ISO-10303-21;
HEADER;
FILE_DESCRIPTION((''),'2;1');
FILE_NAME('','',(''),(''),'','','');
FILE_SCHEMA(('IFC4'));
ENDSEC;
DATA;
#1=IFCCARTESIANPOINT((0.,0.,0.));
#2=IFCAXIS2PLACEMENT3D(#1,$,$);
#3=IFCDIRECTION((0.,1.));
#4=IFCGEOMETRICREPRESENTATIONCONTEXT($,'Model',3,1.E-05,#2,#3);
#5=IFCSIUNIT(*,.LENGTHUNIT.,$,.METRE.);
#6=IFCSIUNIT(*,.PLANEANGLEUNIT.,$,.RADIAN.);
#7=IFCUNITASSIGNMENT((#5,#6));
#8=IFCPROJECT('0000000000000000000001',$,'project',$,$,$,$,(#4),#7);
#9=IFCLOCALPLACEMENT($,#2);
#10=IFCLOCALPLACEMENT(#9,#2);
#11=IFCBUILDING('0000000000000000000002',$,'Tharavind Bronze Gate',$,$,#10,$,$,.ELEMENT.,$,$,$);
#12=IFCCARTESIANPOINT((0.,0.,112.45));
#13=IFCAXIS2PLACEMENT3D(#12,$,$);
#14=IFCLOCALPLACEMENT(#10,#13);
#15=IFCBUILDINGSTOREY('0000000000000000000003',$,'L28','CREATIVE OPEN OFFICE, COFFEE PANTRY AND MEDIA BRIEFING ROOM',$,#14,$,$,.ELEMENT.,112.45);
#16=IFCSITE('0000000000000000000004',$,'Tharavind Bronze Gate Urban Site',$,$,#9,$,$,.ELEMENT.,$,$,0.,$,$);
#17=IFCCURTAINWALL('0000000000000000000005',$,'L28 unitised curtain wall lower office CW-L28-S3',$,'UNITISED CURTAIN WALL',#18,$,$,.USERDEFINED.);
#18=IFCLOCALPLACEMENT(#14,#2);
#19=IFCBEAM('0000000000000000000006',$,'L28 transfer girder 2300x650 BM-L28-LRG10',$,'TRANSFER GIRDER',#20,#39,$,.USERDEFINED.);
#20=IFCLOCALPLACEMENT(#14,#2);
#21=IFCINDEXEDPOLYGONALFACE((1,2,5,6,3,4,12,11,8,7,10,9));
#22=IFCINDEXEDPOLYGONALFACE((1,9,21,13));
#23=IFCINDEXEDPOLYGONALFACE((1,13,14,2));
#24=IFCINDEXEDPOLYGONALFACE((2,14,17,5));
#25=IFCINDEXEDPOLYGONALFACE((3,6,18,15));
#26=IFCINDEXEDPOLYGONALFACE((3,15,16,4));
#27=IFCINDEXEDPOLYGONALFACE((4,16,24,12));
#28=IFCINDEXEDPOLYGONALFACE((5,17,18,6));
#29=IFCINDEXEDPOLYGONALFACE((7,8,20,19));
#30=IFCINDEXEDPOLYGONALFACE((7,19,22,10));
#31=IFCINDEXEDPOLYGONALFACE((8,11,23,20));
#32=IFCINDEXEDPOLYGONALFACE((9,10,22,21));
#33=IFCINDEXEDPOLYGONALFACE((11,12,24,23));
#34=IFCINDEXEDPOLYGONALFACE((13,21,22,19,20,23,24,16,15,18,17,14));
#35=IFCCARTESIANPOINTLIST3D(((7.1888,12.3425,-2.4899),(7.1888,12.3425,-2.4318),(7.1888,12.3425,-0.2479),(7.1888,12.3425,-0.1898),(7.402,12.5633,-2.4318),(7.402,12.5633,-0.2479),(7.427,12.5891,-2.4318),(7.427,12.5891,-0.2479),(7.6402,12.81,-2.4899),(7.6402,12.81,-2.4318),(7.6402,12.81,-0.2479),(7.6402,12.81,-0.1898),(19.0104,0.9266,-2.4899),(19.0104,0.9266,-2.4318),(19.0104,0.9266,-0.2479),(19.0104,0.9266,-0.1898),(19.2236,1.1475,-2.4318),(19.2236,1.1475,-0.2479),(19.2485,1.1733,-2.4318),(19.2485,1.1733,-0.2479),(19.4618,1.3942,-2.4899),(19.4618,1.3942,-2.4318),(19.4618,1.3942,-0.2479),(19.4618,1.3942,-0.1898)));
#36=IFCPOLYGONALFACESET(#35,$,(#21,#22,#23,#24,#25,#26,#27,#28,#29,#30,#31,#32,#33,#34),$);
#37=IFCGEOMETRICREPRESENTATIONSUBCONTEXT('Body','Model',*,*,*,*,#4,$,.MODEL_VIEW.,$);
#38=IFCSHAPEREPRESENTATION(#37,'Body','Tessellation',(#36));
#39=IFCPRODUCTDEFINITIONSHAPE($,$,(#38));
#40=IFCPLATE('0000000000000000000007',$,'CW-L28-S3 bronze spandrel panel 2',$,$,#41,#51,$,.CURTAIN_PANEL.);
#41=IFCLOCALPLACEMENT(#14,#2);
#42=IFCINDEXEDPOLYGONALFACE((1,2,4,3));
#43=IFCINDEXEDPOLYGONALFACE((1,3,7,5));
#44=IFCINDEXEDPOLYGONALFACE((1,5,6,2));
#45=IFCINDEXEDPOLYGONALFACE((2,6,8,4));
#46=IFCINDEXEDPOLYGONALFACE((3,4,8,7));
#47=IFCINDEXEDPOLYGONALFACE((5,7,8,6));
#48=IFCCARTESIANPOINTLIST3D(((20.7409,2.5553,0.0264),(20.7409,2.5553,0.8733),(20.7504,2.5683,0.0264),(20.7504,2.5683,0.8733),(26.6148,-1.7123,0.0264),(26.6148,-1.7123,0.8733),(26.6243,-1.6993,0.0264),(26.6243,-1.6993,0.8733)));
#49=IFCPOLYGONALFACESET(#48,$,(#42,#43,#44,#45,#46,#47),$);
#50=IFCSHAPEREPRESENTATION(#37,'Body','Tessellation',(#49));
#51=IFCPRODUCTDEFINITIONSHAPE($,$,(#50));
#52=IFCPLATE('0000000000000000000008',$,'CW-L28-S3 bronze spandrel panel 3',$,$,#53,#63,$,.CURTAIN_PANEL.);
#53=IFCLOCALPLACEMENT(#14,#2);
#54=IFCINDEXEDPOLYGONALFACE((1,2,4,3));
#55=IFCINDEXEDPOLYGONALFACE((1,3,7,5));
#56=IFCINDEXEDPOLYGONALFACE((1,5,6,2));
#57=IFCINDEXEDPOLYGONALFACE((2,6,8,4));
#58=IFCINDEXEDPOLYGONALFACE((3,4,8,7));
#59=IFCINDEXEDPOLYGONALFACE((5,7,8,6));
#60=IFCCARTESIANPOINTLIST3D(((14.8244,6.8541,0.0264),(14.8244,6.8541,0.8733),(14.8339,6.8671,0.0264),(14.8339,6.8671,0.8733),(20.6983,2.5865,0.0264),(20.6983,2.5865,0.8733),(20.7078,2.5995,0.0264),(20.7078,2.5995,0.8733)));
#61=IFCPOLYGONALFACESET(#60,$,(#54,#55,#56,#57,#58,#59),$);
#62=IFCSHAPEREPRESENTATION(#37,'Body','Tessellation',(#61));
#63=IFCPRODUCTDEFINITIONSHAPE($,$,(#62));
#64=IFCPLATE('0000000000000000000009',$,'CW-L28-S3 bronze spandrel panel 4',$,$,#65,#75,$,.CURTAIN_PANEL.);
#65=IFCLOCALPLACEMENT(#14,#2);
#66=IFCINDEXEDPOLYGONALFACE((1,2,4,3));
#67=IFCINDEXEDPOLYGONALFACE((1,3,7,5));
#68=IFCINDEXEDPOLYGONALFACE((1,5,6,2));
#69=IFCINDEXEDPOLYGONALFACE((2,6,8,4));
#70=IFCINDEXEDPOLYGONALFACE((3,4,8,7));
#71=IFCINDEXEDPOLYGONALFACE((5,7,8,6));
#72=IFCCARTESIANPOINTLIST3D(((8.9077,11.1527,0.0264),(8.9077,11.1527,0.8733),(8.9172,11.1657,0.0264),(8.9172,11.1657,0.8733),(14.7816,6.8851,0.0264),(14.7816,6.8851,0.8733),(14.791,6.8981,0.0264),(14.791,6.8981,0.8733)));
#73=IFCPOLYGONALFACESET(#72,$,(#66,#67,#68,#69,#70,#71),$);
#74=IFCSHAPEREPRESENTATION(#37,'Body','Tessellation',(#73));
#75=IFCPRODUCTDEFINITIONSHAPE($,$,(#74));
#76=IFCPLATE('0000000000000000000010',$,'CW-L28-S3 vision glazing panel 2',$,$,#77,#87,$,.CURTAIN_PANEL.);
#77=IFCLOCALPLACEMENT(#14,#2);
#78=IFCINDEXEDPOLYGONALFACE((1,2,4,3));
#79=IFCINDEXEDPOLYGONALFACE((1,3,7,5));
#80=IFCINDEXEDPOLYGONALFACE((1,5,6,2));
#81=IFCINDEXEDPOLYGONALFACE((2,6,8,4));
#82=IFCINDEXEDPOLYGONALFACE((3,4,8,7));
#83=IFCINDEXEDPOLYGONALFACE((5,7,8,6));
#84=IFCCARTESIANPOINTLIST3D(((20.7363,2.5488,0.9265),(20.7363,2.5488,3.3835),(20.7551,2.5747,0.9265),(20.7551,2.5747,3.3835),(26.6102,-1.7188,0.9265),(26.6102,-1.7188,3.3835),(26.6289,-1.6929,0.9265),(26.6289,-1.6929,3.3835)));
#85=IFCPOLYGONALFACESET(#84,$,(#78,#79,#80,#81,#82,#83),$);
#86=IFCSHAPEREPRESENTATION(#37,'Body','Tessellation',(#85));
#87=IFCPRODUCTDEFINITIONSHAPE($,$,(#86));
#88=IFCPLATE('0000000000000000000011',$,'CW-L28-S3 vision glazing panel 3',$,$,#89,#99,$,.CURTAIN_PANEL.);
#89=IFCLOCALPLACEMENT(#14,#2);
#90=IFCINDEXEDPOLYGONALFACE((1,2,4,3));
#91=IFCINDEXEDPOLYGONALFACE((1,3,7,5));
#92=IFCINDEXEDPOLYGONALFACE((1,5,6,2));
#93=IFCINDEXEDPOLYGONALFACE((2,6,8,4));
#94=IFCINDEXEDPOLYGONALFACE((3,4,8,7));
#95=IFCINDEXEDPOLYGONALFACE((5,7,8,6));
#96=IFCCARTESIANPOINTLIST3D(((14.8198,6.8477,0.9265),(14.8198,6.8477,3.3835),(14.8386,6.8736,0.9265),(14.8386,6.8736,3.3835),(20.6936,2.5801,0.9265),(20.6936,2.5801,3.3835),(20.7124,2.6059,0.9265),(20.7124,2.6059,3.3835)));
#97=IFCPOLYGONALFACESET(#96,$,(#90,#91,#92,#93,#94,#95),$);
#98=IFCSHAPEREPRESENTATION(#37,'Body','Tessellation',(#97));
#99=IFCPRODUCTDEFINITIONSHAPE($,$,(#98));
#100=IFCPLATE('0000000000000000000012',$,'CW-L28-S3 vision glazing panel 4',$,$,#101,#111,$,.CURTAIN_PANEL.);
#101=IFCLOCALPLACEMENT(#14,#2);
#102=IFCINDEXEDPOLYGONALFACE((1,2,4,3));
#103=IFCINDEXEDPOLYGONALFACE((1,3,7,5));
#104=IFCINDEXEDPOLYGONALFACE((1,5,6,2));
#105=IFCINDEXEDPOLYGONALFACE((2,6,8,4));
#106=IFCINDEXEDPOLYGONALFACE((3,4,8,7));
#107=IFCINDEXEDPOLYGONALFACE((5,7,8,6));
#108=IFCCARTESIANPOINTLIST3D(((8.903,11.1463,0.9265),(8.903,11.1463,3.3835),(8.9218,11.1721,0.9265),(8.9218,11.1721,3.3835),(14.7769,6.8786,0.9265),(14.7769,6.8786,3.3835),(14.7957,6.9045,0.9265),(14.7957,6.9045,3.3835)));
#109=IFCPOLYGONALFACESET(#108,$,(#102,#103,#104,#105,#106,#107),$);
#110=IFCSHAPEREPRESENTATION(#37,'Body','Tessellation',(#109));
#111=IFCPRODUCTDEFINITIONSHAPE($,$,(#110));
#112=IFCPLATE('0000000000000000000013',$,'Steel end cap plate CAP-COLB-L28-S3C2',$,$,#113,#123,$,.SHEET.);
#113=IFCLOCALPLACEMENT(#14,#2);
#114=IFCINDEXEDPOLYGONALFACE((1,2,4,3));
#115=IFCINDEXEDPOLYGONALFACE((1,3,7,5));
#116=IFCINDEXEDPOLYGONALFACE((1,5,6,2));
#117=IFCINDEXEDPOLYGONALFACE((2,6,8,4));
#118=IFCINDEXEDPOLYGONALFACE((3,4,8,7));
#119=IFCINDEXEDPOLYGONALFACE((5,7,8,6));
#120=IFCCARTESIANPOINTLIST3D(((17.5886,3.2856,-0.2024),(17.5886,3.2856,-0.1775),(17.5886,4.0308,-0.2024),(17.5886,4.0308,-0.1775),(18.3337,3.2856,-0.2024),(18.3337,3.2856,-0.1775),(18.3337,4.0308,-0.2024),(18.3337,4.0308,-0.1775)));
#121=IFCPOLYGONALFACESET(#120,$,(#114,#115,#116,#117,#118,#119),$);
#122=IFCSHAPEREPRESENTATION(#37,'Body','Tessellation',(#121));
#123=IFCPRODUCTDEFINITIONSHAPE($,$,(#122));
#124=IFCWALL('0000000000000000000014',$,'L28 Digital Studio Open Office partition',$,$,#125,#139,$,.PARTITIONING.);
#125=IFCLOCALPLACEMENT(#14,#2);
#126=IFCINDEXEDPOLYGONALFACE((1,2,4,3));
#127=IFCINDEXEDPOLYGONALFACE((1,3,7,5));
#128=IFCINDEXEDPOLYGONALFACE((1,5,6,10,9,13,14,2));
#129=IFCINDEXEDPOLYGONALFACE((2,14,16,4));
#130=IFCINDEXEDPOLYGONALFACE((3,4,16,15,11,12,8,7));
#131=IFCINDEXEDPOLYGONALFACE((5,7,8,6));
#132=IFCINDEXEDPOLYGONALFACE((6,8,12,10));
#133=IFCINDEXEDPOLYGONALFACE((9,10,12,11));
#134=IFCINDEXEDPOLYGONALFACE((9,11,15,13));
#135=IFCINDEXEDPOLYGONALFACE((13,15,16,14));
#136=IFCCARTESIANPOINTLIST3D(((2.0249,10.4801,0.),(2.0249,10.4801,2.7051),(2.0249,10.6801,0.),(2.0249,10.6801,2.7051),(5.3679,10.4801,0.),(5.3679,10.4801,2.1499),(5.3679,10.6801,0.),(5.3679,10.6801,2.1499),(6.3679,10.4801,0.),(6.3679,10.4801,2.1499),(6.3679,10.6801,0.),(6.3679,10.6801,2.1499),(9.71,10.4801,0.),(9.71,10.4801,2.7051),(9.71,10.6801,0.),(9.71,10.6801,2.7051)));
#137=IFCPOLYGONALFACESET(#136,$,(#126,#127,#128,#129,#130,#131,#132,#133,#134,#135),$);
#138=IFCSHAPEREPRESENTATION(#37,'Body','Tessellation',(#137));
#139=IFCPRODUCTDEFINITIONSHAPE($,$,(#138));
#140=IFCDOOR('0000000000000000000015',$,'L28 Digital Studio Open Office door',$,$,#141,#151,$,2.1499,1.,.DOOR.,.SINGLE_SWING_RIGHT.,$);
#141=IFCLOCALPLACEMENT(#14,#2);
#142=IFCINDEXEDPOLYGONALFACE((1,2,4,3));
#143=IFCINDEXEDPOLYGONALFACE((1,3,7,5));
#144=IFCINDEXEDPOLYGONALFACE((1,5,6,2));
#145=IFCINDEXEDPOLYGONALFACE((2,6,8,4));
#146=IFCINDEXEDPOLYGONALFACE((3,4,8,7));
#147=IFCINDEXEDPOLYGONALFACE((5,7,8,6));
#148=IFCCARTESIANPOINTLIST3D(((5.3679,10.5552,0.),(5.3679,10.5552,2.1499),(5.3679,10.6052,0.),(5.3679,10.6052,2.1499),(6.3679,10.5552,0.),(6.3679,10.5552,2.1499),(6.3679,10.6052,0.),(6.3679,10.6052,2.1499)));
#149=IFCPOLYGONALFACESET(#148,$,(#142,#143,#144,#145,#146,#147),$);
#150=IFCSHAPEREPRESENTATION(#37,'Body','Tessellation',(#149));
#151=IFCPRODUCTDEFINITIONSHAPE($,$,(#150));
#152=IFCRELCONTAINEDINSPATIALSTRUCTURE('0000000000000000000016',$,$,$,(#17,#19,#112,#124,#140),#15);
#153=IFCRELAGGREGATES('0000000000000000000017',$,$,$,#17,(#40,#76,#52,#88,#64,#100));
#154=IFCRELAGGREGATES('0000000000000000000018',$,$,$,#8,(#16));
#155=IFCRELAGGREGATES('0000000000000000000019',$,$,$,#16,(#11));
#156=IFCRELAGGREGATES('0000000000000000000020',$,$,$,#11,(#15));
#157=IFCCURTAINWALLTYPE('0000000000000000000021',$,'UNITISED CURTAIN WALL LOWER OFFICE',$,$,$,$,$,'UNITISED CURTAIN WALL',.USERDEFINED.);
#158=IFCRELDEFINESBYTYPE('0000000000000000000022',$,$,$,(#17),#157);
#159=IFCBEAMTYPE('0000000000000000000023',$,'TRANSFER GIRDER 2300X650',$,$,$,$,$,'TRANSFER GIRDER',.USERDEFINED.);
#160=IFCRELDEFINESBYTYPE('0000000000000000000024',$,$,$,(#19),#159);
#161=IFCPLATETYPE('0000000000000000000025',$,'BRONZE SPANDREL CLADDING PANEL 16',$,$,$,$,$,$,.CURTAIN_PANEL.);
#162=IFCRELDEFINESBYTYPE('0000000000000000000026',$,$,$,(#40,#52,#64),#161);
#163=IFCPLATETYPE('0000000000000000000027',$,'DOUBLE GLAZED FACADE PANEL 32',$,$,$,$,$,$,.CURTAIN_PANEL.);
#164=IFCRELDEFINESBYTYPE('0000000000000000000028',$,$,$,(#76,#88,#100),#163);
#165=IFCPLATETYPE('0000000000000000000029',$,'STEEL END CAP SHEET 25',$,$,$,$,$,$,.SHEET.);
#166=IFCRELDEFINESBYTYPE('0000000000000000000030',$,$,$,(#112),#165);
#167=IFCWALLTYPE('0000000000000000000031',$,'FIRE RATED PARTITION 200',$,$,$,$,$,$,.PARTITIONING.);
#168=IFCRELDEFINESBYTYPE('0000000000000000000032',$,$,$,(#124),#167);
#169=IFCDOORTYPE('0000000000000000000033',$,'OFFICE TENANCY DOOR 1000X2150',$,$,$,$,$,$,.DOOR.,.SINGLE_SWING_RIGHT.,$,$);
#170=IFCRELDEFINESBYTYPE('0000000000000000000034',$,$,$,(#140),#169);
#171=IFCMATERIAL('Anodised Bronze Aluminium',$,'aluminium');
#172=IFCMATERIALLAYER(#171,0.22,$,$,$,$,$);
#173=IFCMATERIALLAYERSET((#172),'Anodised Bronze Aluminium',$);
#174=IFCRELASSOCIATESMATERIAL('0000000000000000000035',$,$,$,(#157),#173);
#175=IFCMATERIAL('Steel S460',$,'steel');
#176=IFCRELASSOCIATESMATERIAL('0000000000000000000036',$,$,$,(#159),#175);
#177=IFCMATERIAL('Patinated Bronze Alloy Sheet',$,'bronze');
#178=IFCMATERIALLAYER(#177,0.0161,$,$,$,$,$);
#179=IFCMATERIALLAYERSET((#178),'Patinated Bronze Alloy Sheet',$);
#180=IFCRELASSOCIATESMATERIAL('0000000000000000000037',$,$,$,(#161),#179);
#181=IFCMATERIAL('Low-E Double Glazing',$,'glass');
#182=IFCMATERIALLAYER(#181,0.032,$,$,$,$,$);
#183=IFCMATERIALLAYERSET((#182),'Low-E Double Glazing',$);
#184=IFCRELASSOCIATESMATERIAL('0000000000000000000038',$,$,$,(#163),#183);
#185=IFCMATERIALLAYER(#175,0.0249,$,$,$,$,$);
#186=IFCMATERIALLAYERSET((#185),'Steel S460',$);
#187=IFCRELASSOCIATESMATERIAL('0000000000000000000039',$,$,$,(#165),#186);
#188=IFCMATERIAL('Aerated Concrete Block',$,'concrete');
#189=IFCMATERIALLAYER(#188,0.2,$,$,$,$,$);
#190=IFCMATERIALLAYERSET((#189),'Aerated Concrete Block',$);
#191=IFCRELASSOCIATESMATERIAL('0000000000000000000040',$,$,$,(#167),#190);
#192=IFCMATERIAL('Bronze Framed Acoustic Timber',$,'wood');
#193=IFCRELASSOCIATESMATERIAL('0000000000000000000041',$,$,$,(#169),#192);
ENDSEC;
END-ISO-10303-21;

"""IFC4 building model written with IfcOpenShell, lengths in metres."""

from ifc_helpers import new_model, si_unit, direction, frame, frame_2d, origin, origin_2d, place, context, subcontext, project, spatial, rectangle, i_section, extrude, material, layer, layer_set, material_profile, profile_set, type_object, element, fill, aggregate, save


model = new_model("IFC4")

# Units and contexts
model_context = context("Model", 3, precision=1e-05, world=origin(), true_north=direction((0.0, 1.0)))
body_context = subcontext(model_context, "Body", "Model", "MODEL_VIEW")
ifc_project = project(units=[si_unit("LENGTHUNIT", "METRE"), si_unit("PLANEANGLEUNIT", "RADIAN")], contexts=[model_context])

# Site, building, storey
site_placement = place(None, origin())
site = spatial("IfcSite", under=ifc_project, at=site_placement, Name="Tharavind Bronze Gate Urban Site", CompositionType="ELEMENT", RefElevation=0.0)
building_placement = place(site_placement, origin())
building = spatial("IfcBuilding", under=site, at=building_placement, Name="Tharavind Bronze Gate", CompositionType="ELEMENT")
storey_placement = place(building_placement, frame((0.0, 0.0, 112.45)))
storey = spatial("IfcBuildingStorey", under=building, at=storey_placement, Name="L28", Description="CREATIVE OPEN OFFICE, COFFEE PANTRY AND MEDIA BRIEFING ROOM", CompositionType="ELEMENT", Elevation=112.45)

# Shared definitions
ifc_material_1 = material(Name="Steel S460", Category="steel")

# Curtain wall
ifc_material_2 = material(Name="Anodised Bronze Aluminium", Category="aluminium")
ifc_layer_1 = layer(ifc_material_2, 0.22)
ifc_layer_set_1 = layer_set([ifc_layer_1], Name="Anodised Bronze Aluminium")
curtain_wall_type = type_object("IfcCurtainWallType", Name="UNITISED CURTAIN WALL LOWER OFFICE", ElementType="UNITISED CURTAIN WALL", PredefinedType="USERDEFINED", material=ifc_layer_set_1)
curtain_wall_placement = place(storey_placement, origin())
curtain_wall = element("IfcCurtainWall", 1, at=curtain_wall_placement, inside=storey, type_object=curtain_wall_type, Name="L28 unitised curtain wall lower office CW-L28-S3", ObjectType="UNITISED CURTAIN WALL", PredefinedType="USERDEFINED")

# Beam
ifc_material_profile_1 = material_profile(ifc_material_1, i_section(OverallWidth=0.6499, OverallDepth=2.3, WebThickness=0.0359, FlangeThickness=0.0581, at=origin_2d()), Name="PG2300X650")
ifc_profile_set_1 = profile_set([ifc_material_profile_1], Name="Steel S460")
beam_type = type_object("IfcBeamType", Name="TRANSFER GIRDER 2300X650", ElementType="TRANSFER GIRDER", PredefinedType="USERDEFINED", material=ifc_profile_set_1)
beam_placement = place(storey_placement, frame((19.2361, 1.1604, -1.3398), z_axis=(-0.719344, 0.694654, 0.0), x_axis=(-0.694654, -0.719344, 0.0)))
element("IfcBeam", 2, at=beam_placement, inside=storey, type_object=beam_type, Name="L28 transfer girder 2300x650 BM-L28-LRG10", ObjectType="TRANSFER GIRDER", PredefinedType="USERDEFINED", context=body_context, shape_type="SweptSolid", body=[
    extrude(i_section(OverallWidth=0.6499, OverallDepth=2.3, WebThickness=0.0359, FlangeThickness=0.0581, at=origin_2d()), origin(), (0.0, 0.0, 1.0), 16.4338),
])

# Plates
ifc_material_3 = material(Name="Patinated Bronze Alloy Sheet", Category="bronze")
ifc_layer_2 = layer(ifc_material_3, 0.0161)
ifc_layer_set_2 = layer_set([ifc_layer_2], Name="Patinated Bronze Alloy Sheet")
plate_type_1 = type_object("IfcPlateType", Name="BRONZE SPANDREL CLADDING PANEL 16", PredefinedType="CURTAIN_PANEL", material=ifc_layer_set_2)
plate_1_placement = place(storey_placement, frame((23.6826, 0.428, 0.0264), z_axis=(0.0, 0.0, 1.0), x_axis=(-0.809017, 0.587785, 0.0)))
plate_1 = element("IfcPlate", 3, at=plate_1_placement, type_object=plate_type_1, Name="CW-L28-S3 bronze spandrel panel 2", PredefinedType="CURTAIN_PANEL", context=body_context, shape_type="SweptSolid", body=[
    extrude(rectangle(XDim=7.2605, YDim=0.0161, at=origin_2d()), origin(), (0.0, 0.0, 1.0), 0.8469),
])
plate_2_placement = place(storey_placement, frame((17.7661, 4.7268, 0.0264), z_axis=(0.0, 0.0, 1.0), x_axis=(-0.809017, 0.587785, 0.0)))
plate_2 = element("IfcPlate", 4, at=plate_2_placement, type_object=plate_type_1, Name="CW-L28-S3 bronze spandrel panel 3", PredefinedType="CURTAIN_PANEL", context=body_context, shape_type="SweptSolid", body=[
    extrude(rectangle(XDim=7.2605, YDim=0.0161, at=origin_2d()), origin(), (0.0, 0.0, 1.0), 0.8469),
])
plate_3_placement = place(storey_placement, frame((11.8494, 9.0254, 0.0264), z_axis=(0.0, 0.0, 1.0), x_axis=(-0.809017, 0.587785, 0.0)))
plate_3 = element("IfcPlate", 5, at=plate_3_placement, type_object=plate_type_1, Name="CW-L28-S3 bronze spandrel panel 4", PredefinedType="CURTAIN_PANEL", context=body_context, shape_type="SweptSolid", body=[
    extrude(rectangle(XDim=7.2605, YDim=0.0161, at=origin_2d()), origin(), (0.0, 0.0, 1.0), 0.8469),
])
ifc_material_4 = material(Name="Low-E Double Glazing", Category="glass")
ifc_layer_3 = layer(ifc_material_4, 0.032)
ifc_layer_set_3 = layer_set([ifc_layer_3], Name="Low-E Double Glazing")
plate_type_2 = type_object("IfcPlateType", Name="DOUBLE GLAZED FACADE PANEL 32", PredefinedType="CURTAIN_PANEL", material=ifc_layer_set_3)
plate_4_placement = place(storey_placement, frame((23.6826, 0.428, 0.9265), z_axis=(0.0, 0.0, 1.0), x_axis=(-0.809017, 0.587785, 0.0)))
plate_4 = element("IfcPlate", 6, at=plate_4_placement, type_object=plate_type_2, Name="CW-L28-S3 vision glazing panel 2", PredefinedType="CURTAIN_PANEL", context=body_context, shape_type="SweptSolid", body=[
    extrude(rectangle(XDim=7.2605, YDim=0.032, at=origin_2d()), origin(), (0.0, 0.0, 1.0), 2.457),
])
plate_5_placement = place(storey_placement, frame((17.7661, 4.7268, 0.9265), z_axis=(0.0, 0.0, 1.0), x_axis=(-0.809017, 0.587785, 0.0)))
plate_5 = element("IfcPlate", 7, at=plate_5_placement, type_object=plate_type_2, Name="CW-L28-S3 vision glazing panel 3", PredefinedType="CURTAIN_PANEL", context=body_context, shape_type="SweptSolid", body=[
    extrude(rectangle(XDim=7.2605, YDim=0.032, at=origin_2d()), origin(), (0.0, 0.0, 1.0), 2.457),
])
plate_6_placement = place(storey_placement, frame((11.8494, 9.0254, 0.9265), z_axis=(0.0, 0.0, 1.0), x_axis=(-0.809017, 0.587785, 0.0)))
plate_6 = element("IfcPlate", 8, at=plate_6_placement, type_object=plate_type_2, Name="CW-L28-S3 vision glazing panel 4", PredefinedType="CURTAIN_PANEL", context=body_context, shape_type="SweptSolid", body=[
    extrude(rectangle(XDim=7.2605, YDim=0.032, at=origin_2d()), origin(), (0.0, 0.0, 1.0), 2.457),
])
aggregate(curtain_wall, [plate_1, plate_4, plate_2, plate_5, plate_3, plate_6])
ifc_layer_4 = layer(ifc_material_1, 0.0249)
ifc_layer_set_4 = layer_set([ifc_layer_4], Name="Steel S460")
plate_type_3 = type_object("IfcPlateType", Name="STEEL END CAP SHEET 25", PredefinedType="SHEET", material=ifc_layer_set_4)
plate_7_placement = place(storey_placement, frame((17.9612, 3.6582, -0.2024), z_axis=(0.0, 0.0, 1.0), x_axis=(1.0, 0.0, 0.0)))
element("IfcPlate", 9, at=plate_7_placement, inside=storey, type_object=plate_type_3, Name="Steel end cap plate CAP-COLB-L28-S3C2", PredefinedType="SHEET", context=body_context, shape_type="SweptSolid", body=[
    extrude(rectangle(XDim=0.7451, YDim=0.7451, at=origin_2d()), origin(), (0.0, 0.0, 1.0), 0.0249),
])

# Wall, opening, door
ifc_material_5 = material(Name="Aerated Concrete Block", Category="concrete")
ifc_layer_5 = layer(ifc_material_5, 0.2)
ifc_layer_set_5 = layer_set([ifc_layer_5], Name="Aerated Concrete Block")
wall_type = type_object("IfcWallType", Name="FIRE RATED PARTITION 200", PredefinedType="PARTITIONING", material=ifc_layer_set_5)
wall_placement = place(storey_placement, frame((9.71, 10.5801, 0.0), z_axis=(0.0, 0.0, 1.0), x_axis=(-1.0, 0.0, 0.0)))
wall = element("IfcWall", 10, at=wall_placement, inside=storey, type_object=wall_type, Name="L28 Digital Studio Open Office partition", PredefinedType="PARTITIONING", context=body_context, shape_type="SweptSolid", body=[
    extrude(rectangle(XDim=7.6851, YDim=0.2, at=frame_2d((3.8425, 0.0))), origin(), (0.0, 0.0, 1.0), 2.7051),
])
opening_placement = place(wall_placement, frame((3.342, 0.0, 0.0)))
opening = element("IfcOpeningElement", 11, at=opening_placement, cuts=wall, PredefinedType="OPENING", context=body_context, shape_type="SweptSolid", body=[
    extrude(rectangle(XDim=1.0, YDim=2.1499, at=frame_2d((0.5, 1.075))), frame((0.0, 0.1101, 0.0), z_axis=(0.0, -1.0, 0.0), x_axis=(1.0, 0.0, 0.0)), (0.0, 0.0, 1.0), 0.22),
])
ifc_material_6 = material(Name="Bronze Framed Acoustic Timber", Category="wood")
door_type = type_object("IfcDoorType", Name="OFFICE TENANCY DOOR 1000X2150", OperationType="SINGLE_SWING_RIGHT", PredefinedType="DOOR", material=ifc_material_6)
door_placement = place(opening_placement, origin())
door = element("IfcDoor", 12, at=door_placement, inside=storey, type_object=door_type, Name="L28 Digital Studio Open Office door", OperationType="SINGLE_SWING_RIGHT", OverallHeight=2.1499, OverallWidth=1.0, PredefinedType="DOOR", context=body_context, shape_type="SweptSolid", body=[
    extrude(rectangle(XDim=1.0, YDim=2.1499, at=frame_2d((0.5, 1.075))), frame((0.0, 0.0249, 0.0), z_axis=(0.0, -1.0, 0.0), x_axis=(1.0, 0.0, 0.0)), (0.0, 0.0, 1.0), 0.05),
])
fill(opening, door)

save(model, "model.ifc")
